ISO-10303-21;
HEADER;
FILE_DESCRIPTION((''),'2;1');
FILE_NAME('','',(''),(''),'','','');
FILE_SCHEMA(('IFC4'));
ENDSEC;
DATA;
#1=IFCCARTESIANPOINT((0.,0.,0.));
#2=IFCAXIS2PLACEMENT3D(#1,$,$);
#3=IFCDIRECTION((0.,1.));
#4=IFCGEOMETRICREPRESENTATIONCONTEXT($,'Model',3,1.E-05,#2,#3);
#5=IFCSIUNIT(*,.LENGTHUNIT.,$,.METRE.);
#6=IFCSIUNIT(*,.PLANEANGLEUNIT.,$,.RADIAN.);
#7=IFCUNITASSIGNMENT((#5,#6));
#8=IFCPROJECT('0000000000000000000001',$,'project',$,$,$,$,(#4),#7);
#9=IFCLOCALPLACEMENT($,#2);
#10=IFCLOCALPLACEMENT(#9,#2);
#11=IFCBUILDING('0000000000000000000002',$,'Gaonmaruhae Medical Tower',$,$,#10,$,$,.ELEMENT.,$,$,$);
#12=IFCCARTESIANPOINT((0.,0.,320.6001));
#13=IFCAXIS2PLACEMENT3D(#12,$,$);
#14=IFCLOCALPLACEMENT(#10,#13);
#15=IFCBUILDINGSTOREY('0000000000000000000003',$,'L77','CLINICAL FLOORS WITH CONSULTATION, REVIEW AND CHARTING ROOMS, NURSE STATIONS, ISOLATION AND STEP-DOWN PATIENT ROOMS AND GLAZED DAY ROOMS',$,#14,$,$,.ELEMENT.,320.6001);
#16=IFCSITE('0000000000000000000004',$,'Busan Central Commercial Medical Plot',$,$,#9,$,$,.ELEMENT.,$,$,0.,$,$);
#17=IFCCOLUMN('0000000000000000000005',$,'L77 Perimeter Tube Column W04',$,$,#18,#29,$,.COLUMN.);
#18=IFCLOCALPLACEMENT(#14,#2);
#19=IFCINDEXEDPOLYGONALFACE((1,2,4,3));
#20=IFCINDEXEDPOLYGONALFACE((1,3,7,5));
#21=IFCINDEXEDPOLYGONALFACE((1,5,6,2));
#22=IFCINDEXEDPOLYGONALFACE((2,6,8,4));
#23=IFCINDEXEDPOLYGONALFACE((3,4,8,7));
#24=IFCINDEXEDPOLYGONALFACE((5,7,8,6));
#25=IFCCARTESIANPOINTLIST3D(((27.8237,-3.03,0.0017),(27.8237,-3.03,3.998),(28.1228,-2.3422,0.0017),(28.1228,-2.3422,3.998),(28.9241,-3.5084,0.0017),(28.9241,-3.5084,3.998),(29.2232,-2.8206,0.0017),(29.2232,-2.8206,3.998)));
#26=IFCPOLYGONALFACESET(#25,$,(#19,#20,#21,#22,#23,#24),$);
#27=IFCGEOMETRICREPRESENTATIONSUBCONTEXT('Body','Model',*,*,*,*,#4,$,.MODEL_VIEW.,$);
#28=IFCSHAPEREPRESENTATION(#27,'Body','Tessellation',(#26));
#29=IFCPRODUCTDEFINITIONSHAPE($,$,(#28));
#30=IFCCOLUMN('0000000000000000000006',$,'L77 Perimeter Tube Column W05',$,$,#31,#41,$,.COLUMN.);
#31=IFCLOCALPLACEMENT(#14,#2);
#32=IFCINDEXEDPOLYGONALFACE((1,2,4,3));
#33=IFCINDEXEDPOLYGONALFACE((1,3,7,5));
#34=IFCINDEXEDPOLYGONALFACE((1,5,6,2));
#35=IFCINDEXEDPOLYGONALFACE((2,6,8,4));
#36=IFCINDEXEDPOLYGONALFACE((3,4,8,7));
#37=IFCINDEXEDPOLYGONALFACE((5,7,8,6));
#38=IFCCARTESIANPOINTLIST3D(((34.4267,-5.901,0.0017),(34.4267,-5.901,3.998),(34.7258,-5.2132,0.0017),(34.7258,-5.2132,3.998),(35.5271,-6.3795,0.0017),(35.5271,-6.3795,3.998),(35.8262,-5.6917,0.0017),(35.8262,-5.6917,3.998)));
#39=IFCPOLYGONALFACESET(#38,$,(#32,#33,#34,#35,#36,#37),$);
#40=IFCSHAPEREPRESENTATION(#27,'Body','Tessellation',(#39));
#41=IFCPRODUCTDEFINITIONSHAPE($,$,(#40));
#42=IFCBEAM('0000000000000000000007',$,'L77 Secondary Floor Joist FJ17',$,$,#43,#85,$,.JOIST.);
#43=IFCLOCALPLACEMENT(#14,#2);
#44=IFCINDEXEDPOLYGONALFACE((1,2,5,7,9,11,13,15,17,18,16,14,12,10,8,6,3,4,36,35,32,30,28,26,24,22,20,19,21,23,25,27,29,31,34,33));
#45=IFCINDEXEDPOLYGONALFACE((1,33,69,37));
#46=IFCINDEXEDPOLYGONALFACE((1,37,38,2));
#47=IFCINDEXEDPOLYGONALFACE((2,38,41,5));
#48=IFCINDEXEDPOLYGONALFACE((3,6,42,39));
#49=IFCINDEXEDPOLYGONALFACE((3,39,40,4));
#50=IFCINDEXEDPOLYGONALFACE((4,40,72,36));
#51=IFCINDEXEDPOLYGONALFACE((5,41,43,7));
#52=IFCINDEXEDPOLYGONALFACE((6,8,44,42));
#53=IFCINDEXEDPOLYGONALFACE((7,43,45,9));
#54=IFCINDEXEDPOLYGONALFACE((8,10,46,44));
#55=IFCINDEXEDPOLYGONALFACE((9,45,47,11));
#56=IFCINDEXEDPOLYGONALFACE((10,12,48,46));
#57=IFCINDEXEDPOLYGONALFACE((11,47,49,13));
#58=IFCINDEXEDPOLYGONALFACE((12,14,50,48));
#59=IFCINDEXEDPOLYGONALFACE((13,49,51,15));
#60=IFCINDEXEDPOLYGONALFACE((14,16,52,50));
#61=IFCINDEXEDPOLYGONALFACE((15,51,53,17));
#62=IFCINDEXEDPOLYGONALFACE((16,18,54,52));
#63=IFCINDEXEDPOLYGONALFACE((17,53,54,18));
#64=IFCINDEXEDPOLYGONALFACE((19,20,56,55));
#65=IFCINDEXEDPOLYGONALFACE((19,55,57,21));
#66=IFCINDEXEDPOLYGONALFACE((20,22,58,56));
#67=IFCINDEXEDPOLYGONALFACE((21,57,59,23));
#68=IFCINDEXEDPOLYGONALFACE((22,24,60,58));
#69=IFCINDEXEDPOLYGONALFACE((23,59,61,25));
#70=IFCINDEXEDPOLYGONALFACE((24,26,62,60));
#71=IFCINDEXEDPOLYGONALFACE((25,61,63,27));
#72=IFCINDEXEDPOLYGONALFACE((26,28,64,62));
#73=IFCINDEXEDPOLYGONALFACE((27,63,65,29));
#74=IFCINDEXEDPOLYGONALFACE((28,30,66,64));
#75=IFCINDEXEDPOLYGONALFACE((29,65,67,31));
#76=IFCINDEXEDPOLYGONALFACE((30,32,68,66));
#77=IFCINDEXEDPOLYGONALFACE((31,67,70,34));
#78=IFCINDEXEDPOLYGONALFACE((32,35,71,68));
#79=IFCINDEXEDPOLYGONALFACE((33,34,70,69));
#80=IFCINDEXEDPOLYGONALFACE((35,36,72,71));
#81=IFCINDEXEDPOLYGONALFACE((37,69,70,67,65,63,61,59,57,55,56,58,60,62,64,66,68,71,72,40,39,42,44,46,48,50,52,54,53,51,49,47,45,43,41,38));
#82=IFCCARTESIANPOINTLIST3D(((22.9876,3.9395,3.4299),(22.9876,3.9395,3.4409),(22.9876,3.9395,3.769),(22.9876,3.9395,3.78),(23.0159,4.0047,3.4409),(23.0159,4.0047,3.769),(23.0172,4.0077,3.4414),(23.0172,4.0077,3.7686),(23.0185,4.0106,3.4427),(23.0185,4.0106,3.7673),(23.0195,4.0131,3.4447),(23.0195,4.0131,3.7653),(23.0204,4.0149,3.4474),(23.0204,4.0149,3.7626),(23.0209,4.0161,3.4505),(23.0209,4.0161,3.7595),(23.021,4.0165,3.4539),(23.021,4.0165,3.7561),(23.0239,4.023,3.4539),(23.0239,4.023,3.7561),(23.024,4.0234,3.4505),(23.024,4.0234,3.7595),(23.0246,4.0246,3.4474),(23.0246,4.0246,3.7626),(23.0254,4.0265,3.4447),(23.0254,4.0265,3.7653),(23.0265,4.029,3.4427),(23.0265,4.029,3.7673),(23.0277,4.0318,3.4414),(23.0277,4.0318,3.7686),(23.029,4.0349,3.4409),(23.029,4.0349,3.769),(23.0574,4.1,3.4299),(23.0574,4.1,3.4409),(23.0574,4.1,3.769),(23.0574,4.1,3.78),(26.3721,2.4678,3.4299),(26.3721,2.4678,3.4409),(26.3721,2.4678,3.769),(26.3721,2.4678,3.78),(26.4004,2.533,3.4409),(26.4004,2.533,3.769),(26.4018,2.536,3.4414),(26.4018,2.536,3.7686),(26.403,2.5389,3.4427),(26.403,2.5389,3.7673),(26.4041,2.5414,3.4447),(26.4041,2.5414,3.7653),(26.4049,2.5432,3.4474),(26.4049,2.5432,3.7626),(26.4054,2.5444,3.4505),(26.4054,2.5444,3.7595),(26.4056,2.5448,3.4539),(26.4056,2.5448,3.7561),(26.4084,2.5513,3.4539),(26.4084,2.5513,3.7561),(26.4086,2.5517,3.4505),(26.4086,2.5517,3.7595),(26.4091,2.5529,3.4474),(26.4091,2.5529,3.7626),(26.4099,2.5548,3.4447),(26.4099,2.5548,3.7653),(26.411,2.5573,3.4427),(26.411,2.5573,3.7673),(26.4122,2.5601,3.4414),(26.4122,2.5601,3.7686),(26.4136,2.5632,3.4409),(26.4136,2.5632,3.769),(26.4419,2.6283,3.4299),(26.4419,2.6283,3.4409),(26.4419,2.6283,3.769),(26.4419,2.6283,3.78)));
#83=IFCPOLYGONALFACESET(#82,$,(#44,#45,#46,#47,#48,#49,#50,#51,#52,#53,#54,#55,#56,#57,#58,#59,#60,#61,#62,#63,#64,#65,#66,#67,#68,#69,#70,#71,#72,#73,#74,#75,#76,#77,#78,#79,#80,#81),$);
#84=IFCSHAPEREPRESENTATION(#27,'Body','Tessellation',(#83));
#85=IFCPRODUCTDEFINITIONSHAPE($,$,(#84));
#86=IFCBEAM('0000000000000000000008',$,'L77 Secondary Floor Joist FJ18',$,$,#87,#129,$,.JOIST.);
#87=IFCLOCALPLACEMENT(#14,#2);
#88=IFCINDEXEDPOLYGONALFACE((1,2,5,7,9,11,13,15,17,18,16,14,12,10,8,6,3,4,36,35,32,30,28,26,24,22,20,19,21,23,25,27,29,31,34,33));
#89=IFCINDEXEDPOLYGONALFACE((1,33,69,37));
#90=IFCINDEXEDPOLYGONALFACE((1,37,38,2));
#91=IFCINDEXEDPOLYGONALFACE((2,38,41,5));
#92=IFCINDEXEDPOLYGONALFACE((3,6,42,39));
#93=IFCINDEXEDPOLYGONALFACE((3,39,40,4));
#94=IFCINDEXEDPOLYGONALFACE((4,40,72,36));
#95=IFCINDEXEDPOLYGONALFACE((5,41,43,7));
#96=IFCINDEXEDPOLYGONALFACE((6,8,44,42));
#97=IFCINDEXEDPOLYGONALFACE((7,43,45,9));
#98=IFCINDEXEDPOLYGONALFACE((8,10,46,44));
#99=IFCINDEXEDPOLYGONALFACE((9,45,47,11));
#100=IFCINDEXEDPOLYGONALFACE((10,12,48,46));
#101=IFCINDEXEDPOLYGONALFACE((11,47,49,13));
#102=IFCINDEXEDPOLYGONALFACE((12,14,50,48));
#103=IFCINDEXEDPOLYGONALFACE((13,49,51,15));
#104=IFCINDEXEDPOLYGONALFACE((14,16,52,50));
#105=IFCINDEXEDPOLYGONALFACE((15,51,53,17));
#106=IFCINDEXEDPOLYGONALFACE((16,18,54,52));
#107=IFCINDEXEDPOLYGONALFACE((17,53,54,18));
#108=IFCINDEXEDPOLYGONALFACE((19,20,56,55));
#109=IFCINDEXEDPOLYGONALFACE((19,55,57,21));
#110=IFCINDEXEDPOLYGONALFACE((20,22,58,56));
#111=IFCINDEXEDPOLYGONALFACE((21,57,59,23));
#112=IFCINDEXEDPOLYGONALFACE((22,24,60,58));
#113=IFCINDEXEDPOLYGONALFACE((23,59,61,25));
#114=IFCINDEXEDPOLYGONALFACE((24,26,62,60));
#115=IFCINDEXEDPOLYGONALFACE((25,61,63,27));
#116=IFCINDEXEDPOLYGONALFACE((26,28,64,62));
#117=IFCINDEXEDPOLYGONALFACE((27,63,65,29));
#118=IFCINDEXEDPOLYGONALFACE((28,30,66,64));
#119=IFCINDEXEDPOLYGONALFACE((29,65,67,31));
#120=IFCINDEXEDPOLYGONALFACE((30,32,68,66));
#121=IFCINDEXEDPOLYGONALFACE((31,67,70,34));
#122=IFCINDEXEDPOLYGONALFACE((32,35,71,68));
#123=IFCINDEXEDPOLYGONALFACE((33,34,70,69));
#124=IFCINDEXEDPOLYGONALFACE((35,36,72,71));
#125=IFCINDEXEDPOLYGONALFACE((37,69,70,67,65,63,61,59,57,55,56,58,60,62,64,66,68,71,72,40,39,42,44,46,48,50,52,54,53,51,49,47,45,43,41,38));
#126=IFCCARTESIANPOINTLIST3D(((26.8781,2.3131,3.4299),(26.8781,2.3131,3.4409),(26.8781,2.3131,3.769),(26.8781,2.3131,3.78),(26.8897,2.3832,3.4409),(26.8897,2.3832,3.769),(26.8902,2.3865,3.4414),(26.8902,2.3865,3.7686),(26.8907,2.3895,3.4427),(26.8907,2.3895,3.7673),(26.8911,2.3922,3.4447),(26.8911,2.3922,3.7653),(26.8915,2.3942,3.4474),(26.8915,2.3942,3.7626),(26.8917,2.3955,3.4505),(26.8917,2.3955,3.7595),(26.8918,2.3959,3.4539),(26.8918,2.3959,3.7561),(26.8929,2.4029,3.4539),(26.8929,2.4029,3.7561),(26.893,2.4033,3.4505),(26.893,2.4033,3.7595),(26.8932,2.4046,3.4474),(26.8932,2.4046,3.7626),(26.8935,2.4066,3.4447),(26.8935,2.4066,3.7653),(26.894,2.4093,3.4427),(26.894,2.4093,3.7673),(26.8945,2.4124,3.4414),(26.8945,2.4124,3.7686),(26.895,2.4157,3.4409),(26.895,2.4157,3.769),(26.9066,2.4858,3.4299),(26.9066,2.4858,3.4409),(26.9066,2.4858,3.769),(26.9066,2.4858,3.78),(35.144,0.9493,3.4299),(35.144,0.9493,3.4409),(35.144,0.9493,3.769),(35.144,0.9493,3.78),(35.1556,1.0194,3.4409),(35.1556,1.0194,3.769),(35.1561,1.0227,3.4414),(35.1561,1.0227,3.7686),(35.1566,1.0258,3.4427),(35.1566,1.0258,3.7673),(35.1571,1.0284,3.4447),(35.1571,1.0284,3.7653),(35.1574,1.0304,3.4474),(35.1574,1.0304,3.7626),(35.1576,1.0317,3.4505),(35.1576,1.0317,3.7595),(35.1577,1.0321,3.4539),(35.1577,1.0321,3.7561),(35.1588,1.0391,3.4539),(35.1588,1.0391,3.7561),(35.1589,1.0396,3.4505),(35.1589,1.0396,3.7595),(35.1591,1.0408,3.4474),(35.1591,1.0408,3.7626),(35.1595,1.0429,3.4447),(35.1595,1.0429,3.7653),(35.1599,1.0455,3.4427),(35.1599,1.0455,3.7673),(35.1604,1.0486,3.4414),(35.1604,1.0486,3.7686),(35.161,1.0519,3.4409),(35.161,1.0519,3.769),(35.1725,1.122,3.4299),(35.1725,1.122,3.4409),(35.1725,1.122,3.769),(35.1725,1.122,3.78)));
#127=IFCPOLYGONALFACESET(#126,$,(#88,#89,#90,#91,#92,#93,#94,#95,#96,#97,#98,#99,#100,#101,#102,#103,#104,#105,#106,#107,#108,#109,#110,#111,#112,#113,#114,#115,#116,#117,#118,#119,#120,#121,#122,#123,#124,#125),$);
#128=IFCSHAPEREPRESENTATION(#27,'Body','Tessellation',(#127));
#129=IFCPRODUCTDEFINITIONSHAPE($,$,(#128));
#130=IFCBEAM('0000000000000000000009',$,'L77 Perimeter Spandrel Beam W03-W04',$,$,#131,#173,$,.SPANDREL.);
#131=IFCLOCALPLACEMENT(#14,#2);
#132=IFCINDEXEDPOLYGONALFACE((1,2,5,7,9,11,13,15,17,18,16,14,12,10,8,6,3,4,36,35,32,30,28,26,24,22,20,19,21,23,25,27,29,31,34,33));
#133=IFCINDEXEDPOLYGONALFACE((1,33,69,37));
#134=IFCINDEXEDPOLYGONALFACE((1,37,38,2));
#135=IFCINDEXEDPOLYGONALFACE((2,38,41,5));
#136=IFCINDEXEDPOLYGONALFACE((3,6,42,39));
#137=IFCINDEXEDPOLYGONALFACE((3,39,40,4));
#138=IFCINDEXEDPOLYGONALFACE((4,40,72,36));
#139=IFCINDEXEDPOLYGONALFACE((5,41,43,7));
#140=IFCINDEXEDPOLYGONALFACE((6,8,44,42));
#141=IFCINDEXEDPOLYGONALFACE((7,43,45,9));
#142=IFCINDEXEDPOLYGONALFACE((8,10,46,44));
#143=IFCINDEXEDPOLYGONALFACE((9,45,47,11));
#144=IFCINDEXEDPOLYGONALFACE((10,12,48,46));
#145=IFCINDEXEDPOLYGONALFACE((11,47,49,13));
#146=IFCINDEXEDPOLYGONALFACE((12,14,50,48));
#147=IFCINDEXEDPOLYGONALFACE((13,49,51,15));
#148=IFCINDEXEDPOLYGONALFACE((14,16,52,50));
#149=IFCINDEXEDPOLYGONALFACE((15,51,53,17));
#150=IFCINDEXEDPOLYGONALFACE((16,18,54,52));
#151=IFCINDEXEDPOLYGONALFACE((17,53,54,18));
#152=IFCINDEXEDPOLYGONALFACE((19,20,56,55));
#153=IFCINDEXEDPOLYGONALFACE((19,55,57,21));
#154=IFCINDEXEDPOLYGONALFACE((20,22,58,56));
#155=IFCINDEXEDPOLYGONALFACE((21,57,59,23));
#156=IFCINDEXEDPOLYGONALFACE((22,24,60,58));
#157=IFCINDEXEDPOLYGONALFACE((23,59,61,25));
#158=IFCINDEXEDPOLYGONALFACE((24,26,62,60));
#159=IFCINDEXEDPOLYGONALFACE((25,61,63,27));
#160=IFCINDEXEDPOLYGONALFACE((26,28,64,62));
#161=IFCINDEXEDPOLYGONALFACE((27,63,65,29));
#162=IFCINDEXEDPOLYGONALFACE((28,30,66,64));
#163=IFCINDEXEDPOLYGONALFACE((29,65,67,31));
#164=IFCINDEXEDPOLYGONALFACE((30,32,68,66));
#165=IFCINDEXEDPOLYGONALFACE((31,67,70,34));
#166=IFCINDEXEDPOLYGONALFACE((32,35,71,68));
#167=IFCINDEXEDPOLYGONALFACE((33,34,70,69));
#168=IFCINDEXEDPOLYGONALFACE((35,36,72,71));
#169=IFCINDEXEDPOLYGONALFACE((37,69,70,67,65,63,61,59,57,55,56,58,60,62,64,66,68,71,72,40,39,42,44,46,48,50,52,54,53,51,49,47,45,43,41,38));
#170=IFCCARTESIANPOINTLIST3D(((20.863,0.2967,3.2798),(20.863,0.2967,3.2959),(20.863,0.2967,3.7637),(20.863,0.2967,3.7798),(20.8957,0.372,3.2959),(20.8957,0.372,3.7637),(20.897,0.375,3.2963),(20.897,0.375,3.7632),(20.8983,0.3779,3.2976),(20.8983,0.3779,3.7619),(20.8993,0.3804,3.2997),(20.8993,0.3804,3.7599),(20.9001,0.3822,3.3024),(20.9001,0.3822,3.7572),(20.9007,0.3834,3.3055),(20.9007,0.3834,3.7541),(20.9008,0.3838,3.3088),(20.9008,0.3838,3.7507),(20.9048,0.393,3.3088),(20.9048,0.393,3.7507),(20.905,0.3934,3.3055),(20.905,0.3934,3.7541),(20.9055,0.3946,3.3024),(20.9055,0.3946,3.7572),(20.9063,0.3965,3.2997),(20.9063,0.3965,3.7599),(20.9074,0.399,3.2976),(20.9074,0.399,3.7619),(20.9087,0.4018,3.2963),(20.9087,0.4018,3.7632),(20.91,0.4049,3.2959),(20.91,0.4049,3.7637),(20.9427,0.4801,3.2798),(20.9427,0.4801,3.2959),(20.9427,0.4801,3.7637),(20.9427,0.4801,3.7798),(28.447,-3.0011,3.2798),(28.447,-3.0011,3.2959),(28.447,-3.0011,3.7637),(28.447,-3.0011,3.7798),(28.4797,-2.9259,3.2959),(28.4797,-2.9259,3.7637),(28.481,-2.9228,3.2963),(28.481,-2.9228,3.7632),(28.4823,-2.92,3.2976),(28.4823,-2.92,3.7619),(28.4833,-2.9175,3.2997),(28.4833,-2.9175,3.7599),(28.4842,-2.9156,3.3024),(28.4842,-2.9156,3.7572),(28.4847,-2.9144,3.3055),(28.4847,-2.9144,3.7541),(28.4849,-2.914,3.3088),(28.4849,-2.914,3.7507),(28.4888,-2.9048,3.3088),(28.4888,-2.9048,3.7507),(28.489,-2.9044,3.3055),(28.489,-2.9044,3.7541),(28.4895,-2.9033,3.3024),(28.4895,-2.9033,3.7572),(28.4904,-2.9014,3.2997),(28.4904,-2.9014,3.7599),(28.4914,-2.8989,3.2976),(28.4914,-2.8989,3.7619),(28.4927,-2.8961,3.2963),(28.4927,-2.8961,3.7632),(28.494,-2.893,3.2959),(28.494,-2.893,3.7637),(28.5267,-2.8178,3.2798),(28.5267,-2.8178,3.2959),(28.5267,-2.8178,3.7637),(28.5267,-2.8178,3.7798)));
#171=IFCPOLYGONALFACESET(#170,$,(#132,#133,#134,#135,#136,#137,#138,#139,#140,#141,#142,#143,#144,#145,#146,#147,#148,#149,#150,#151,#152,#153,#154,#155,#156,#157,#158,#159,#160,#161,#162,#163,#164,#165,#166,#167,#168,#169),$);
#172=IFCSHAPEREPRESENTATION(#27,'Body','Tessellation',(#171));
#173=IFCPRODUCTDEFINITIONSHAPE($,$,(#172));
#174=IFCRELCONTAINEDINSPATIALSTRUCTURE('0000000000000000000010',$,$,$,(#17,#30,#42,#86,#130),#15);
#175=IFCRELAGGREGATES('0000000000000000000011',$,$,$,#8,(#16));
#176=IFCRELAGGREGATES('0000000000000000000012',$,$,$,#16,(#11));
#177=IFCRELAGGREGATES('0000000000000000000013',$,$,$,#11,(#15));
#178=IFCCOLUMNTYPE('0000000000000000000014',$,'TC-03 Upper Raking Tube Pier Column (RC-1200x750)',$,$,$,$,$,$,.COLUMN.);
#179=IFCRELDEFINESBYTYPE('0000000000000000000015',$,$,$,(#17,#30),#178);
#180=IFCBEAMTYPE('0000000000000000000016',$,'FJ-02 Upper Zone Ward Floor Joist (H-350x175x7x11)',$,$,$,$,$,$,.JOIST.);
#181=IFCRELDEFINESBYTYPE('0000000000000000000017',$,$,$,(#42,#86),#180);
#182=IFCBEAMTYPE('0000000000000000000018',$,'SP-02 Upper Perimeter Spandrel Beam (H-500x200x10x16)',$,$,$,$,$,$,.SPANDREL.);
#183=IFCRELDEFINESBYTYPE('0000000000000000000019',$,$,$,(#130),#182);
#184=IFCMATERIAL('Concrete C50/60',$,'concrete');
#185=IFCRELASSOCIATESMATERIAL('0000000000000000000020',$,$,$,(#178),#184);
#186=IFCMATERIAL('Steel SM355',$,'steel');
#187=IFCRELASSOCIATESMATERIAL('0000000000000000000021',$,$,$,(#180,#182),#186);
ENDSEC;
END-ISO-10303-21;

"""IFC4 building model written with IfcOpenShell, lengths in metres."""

from ifc_helpers import new_model, si_unit, direction, frame, origin, origin_2d, place, context, subcontext, project, spatial, rectangle, i_section, extrude, material, material_profile, profile_set, type_object, element, save


model = new_model("IFC4")

# Units and contexts
model_context = context("Model", 3, precision=1e-05, world=origin(), true_north=direction((0.0, 1.0)))
body_context = subcontext(model_context, "Body", "Model", "MODEL_VIEW")
ifc_project = project(units=[si_unit("LENGTHUNIT", "METRE"), si_unit("PLANEANGLEUNIT", "RADIAN")], contexts=[model_context])

# Site, building, storey
site_placement = place(None, origin())
site = spatial("IfcSite", under=ifc_project, at=site_placement, Name="Busan Central Commercial Medical Plot", CompositionType="ELEMENT", RefElevation=0.0)
building_placement = place(site_placement, origin())
building = spatial("IfcBuilding", under=site, at=building_placement, Name="Gaonmaruhae Medical Tower", CompositionType="ELEMENT")
storey_placement = place(building_placement, frame((0.0, 0.0, 320.6001)))
storey = spatial("IfcBuildingStorey", under=building, at=storey_placement, Name="L77", Description="CLINICAL FLOORS WITH CONSULTATION, REVIEW AND CHARTING ROOMS, NURSE STATIONS, ISOLATION AND STEP-DOWN PATIENT ROOMS AND GLAZED DAY ROOMS", CompositionType="ELEMENT", Elevation=320.6001)

# Columns
ifc_material_1 = material(Name="Concrete C50/60", Category="concrete")
ifc_material_profile_1 = material_profile(ifc_material_1, rectangle(XDim=1.2, YDim=0.75, at=origin_2d()), Name="RC-1200x750")
ifc_profile_set_1 = profile_set([ifc_material_profile_1], Name="Concrete C50/60")
column_type = type_object("IfcColumnType", Name="TC-03 Upper Raking Tube Pier Column (RC-1200x750)", PredefinedType="COLUMN", material=ifc_profile_set_1)
for number, where, z_axis, x_axis, name in (
    (1, (28.5234, -2.9253, 0.0017), (0.0, 0.0, 1.0), (-0.91706, 0.398749, 0.0), "L77 Perimeter Tube Column W04"),
    (2, (35.1265, -5.7964, 0.0017), (0.0, 0.0, 1.0), (-0.91706, 0.398749, 0.0), "L77 Perimeter Tube Column W05"),
):
    element("IfcColumn", number, at=place(storey_placement, frame(where, z_axis=z_axis, x_axis=x_axis)), inside=storey, type_object=column_type, Name=name, PredefinedType="COLUMN", context=body_context, shape_type="SweptSolid", body=[
        extrude(rectangle(XDim=1.2, YDim=0.75, at=origin_2d()), origin(), (0.0, 0.0, 1.0), 3.9963),
    ])

# Beams
ifc_material_2 = material(Name="Steel SM355", Category="steel")
ifc_material_profile_2 = material_profile(ifc_material_2, i_section(OverallWidth=0.175, OverallDepth=0.3501, WebThickness=0.0071, FlangeThickness=0.011, FilletRadius=0.0129, at=origin_2d()), Name="H-350x175x7x11")
ifc_profile_set_2 = profile_set([ifc_material_profile_2], Name="Steel SM355")
beam_type_1 = type_object("IfcBeamType", Name="FJ-02 Upper Zone Ward Floor Joist (H-350x175x7x11)", PredefinedType="JOIST", material=ifc_profile_set_2)
beam_1_placement = place(storey_placement, frame((23.0225, 4.0198, 3.605), z_axis=(0.917055, -0.39876, 0.0), x_axis=(0.39876, 0.917055, 0.0)))
element("IfcBeam", 3, at=beam_1_placement, inside=storey, type_object=beam_type_1, Name="L77 Secondary Floor Joist FJ17", PredefinedType="JOIST", context=body_context, shape_type="SweptSolid", body=[
    extrude(i_section(OverallWidth=0.175, OverallDepth=0.3501, WebThickness=0.0071, FlangeThickness=0.011, FilletRadius=0.0129, at=origin_2d()), origin(), (0.0, 0.0, 1.0), 3.6907),
])
beam_2_placement = place(storey_placement, frame((26.8923, 2.3994, 3.605), z_axis=(0.986661, -0.162787, 0.0), x_axis=(0.162787, 0.986661, 0.0)))
element("IfcBeam", 4, at=beam_2_placement, inside=storey, type_object=beam_type_1, Name="L77 Secondary Floor Joist FJ18", PredefinedType="JOIST", context=body_context, shape_type="SweptSolid", body=[
    extrude(i_section(OverallWidth=0.175, OverallDepth=0.3501, WebThickness=0.0071, FlangeThickness=0.011, FilletRadius=0.0129, at=origin_2d()), origin(), (0.0, 0.0, 1.0), 8.3777),
])
ifc_material_profile_3 = material_profile(ifc_material_2, i_section(OverallWidth=0.2, OverallDepth=0.5, WebThickness=0.01, FlangeThickness=0.0161, FilletRadius=0.0129, at=origin_2d()), Name="H-500x200x10x16")
ifc_profile_set_3 = profile_set([ifc_material_profile_3], Name="Steel SM355")
beam_type_2 = type_object("IfcBeamType", Name="SP-02 Upper Perimeter Spandrel Beam (H-500x200x10x16)", PredefinedType="SPANDREL", material=ifc_profile_set_3)
beam_3_placement = place(storey_placement, frame((20.9028, 0.3884, 3.5298), z_axis=(0.917049, -0.398774, 0.0), x_axis=(0.398774, 0.917049, 0.0)))
element("IfcBeam", 5, at=beam_3_placement, inside=storey, type_object=beam_type_2, Name="L77 Perimeter Spandrel Beam W03-W04", PredefinedType="SPANDREL", context=body_context, shape_type="SweptSolid", body=[
    extrude(i_section(OverallWidth=0.2, OverallDepth=0.5, WebThickness=0.01, FlangeThickness=0.0161, FilletRadius=0.0129, at=origin_2d()), origin(), (0.0, 0.0, 1.0), 8.27),
])

save(model, "model.ifc")
